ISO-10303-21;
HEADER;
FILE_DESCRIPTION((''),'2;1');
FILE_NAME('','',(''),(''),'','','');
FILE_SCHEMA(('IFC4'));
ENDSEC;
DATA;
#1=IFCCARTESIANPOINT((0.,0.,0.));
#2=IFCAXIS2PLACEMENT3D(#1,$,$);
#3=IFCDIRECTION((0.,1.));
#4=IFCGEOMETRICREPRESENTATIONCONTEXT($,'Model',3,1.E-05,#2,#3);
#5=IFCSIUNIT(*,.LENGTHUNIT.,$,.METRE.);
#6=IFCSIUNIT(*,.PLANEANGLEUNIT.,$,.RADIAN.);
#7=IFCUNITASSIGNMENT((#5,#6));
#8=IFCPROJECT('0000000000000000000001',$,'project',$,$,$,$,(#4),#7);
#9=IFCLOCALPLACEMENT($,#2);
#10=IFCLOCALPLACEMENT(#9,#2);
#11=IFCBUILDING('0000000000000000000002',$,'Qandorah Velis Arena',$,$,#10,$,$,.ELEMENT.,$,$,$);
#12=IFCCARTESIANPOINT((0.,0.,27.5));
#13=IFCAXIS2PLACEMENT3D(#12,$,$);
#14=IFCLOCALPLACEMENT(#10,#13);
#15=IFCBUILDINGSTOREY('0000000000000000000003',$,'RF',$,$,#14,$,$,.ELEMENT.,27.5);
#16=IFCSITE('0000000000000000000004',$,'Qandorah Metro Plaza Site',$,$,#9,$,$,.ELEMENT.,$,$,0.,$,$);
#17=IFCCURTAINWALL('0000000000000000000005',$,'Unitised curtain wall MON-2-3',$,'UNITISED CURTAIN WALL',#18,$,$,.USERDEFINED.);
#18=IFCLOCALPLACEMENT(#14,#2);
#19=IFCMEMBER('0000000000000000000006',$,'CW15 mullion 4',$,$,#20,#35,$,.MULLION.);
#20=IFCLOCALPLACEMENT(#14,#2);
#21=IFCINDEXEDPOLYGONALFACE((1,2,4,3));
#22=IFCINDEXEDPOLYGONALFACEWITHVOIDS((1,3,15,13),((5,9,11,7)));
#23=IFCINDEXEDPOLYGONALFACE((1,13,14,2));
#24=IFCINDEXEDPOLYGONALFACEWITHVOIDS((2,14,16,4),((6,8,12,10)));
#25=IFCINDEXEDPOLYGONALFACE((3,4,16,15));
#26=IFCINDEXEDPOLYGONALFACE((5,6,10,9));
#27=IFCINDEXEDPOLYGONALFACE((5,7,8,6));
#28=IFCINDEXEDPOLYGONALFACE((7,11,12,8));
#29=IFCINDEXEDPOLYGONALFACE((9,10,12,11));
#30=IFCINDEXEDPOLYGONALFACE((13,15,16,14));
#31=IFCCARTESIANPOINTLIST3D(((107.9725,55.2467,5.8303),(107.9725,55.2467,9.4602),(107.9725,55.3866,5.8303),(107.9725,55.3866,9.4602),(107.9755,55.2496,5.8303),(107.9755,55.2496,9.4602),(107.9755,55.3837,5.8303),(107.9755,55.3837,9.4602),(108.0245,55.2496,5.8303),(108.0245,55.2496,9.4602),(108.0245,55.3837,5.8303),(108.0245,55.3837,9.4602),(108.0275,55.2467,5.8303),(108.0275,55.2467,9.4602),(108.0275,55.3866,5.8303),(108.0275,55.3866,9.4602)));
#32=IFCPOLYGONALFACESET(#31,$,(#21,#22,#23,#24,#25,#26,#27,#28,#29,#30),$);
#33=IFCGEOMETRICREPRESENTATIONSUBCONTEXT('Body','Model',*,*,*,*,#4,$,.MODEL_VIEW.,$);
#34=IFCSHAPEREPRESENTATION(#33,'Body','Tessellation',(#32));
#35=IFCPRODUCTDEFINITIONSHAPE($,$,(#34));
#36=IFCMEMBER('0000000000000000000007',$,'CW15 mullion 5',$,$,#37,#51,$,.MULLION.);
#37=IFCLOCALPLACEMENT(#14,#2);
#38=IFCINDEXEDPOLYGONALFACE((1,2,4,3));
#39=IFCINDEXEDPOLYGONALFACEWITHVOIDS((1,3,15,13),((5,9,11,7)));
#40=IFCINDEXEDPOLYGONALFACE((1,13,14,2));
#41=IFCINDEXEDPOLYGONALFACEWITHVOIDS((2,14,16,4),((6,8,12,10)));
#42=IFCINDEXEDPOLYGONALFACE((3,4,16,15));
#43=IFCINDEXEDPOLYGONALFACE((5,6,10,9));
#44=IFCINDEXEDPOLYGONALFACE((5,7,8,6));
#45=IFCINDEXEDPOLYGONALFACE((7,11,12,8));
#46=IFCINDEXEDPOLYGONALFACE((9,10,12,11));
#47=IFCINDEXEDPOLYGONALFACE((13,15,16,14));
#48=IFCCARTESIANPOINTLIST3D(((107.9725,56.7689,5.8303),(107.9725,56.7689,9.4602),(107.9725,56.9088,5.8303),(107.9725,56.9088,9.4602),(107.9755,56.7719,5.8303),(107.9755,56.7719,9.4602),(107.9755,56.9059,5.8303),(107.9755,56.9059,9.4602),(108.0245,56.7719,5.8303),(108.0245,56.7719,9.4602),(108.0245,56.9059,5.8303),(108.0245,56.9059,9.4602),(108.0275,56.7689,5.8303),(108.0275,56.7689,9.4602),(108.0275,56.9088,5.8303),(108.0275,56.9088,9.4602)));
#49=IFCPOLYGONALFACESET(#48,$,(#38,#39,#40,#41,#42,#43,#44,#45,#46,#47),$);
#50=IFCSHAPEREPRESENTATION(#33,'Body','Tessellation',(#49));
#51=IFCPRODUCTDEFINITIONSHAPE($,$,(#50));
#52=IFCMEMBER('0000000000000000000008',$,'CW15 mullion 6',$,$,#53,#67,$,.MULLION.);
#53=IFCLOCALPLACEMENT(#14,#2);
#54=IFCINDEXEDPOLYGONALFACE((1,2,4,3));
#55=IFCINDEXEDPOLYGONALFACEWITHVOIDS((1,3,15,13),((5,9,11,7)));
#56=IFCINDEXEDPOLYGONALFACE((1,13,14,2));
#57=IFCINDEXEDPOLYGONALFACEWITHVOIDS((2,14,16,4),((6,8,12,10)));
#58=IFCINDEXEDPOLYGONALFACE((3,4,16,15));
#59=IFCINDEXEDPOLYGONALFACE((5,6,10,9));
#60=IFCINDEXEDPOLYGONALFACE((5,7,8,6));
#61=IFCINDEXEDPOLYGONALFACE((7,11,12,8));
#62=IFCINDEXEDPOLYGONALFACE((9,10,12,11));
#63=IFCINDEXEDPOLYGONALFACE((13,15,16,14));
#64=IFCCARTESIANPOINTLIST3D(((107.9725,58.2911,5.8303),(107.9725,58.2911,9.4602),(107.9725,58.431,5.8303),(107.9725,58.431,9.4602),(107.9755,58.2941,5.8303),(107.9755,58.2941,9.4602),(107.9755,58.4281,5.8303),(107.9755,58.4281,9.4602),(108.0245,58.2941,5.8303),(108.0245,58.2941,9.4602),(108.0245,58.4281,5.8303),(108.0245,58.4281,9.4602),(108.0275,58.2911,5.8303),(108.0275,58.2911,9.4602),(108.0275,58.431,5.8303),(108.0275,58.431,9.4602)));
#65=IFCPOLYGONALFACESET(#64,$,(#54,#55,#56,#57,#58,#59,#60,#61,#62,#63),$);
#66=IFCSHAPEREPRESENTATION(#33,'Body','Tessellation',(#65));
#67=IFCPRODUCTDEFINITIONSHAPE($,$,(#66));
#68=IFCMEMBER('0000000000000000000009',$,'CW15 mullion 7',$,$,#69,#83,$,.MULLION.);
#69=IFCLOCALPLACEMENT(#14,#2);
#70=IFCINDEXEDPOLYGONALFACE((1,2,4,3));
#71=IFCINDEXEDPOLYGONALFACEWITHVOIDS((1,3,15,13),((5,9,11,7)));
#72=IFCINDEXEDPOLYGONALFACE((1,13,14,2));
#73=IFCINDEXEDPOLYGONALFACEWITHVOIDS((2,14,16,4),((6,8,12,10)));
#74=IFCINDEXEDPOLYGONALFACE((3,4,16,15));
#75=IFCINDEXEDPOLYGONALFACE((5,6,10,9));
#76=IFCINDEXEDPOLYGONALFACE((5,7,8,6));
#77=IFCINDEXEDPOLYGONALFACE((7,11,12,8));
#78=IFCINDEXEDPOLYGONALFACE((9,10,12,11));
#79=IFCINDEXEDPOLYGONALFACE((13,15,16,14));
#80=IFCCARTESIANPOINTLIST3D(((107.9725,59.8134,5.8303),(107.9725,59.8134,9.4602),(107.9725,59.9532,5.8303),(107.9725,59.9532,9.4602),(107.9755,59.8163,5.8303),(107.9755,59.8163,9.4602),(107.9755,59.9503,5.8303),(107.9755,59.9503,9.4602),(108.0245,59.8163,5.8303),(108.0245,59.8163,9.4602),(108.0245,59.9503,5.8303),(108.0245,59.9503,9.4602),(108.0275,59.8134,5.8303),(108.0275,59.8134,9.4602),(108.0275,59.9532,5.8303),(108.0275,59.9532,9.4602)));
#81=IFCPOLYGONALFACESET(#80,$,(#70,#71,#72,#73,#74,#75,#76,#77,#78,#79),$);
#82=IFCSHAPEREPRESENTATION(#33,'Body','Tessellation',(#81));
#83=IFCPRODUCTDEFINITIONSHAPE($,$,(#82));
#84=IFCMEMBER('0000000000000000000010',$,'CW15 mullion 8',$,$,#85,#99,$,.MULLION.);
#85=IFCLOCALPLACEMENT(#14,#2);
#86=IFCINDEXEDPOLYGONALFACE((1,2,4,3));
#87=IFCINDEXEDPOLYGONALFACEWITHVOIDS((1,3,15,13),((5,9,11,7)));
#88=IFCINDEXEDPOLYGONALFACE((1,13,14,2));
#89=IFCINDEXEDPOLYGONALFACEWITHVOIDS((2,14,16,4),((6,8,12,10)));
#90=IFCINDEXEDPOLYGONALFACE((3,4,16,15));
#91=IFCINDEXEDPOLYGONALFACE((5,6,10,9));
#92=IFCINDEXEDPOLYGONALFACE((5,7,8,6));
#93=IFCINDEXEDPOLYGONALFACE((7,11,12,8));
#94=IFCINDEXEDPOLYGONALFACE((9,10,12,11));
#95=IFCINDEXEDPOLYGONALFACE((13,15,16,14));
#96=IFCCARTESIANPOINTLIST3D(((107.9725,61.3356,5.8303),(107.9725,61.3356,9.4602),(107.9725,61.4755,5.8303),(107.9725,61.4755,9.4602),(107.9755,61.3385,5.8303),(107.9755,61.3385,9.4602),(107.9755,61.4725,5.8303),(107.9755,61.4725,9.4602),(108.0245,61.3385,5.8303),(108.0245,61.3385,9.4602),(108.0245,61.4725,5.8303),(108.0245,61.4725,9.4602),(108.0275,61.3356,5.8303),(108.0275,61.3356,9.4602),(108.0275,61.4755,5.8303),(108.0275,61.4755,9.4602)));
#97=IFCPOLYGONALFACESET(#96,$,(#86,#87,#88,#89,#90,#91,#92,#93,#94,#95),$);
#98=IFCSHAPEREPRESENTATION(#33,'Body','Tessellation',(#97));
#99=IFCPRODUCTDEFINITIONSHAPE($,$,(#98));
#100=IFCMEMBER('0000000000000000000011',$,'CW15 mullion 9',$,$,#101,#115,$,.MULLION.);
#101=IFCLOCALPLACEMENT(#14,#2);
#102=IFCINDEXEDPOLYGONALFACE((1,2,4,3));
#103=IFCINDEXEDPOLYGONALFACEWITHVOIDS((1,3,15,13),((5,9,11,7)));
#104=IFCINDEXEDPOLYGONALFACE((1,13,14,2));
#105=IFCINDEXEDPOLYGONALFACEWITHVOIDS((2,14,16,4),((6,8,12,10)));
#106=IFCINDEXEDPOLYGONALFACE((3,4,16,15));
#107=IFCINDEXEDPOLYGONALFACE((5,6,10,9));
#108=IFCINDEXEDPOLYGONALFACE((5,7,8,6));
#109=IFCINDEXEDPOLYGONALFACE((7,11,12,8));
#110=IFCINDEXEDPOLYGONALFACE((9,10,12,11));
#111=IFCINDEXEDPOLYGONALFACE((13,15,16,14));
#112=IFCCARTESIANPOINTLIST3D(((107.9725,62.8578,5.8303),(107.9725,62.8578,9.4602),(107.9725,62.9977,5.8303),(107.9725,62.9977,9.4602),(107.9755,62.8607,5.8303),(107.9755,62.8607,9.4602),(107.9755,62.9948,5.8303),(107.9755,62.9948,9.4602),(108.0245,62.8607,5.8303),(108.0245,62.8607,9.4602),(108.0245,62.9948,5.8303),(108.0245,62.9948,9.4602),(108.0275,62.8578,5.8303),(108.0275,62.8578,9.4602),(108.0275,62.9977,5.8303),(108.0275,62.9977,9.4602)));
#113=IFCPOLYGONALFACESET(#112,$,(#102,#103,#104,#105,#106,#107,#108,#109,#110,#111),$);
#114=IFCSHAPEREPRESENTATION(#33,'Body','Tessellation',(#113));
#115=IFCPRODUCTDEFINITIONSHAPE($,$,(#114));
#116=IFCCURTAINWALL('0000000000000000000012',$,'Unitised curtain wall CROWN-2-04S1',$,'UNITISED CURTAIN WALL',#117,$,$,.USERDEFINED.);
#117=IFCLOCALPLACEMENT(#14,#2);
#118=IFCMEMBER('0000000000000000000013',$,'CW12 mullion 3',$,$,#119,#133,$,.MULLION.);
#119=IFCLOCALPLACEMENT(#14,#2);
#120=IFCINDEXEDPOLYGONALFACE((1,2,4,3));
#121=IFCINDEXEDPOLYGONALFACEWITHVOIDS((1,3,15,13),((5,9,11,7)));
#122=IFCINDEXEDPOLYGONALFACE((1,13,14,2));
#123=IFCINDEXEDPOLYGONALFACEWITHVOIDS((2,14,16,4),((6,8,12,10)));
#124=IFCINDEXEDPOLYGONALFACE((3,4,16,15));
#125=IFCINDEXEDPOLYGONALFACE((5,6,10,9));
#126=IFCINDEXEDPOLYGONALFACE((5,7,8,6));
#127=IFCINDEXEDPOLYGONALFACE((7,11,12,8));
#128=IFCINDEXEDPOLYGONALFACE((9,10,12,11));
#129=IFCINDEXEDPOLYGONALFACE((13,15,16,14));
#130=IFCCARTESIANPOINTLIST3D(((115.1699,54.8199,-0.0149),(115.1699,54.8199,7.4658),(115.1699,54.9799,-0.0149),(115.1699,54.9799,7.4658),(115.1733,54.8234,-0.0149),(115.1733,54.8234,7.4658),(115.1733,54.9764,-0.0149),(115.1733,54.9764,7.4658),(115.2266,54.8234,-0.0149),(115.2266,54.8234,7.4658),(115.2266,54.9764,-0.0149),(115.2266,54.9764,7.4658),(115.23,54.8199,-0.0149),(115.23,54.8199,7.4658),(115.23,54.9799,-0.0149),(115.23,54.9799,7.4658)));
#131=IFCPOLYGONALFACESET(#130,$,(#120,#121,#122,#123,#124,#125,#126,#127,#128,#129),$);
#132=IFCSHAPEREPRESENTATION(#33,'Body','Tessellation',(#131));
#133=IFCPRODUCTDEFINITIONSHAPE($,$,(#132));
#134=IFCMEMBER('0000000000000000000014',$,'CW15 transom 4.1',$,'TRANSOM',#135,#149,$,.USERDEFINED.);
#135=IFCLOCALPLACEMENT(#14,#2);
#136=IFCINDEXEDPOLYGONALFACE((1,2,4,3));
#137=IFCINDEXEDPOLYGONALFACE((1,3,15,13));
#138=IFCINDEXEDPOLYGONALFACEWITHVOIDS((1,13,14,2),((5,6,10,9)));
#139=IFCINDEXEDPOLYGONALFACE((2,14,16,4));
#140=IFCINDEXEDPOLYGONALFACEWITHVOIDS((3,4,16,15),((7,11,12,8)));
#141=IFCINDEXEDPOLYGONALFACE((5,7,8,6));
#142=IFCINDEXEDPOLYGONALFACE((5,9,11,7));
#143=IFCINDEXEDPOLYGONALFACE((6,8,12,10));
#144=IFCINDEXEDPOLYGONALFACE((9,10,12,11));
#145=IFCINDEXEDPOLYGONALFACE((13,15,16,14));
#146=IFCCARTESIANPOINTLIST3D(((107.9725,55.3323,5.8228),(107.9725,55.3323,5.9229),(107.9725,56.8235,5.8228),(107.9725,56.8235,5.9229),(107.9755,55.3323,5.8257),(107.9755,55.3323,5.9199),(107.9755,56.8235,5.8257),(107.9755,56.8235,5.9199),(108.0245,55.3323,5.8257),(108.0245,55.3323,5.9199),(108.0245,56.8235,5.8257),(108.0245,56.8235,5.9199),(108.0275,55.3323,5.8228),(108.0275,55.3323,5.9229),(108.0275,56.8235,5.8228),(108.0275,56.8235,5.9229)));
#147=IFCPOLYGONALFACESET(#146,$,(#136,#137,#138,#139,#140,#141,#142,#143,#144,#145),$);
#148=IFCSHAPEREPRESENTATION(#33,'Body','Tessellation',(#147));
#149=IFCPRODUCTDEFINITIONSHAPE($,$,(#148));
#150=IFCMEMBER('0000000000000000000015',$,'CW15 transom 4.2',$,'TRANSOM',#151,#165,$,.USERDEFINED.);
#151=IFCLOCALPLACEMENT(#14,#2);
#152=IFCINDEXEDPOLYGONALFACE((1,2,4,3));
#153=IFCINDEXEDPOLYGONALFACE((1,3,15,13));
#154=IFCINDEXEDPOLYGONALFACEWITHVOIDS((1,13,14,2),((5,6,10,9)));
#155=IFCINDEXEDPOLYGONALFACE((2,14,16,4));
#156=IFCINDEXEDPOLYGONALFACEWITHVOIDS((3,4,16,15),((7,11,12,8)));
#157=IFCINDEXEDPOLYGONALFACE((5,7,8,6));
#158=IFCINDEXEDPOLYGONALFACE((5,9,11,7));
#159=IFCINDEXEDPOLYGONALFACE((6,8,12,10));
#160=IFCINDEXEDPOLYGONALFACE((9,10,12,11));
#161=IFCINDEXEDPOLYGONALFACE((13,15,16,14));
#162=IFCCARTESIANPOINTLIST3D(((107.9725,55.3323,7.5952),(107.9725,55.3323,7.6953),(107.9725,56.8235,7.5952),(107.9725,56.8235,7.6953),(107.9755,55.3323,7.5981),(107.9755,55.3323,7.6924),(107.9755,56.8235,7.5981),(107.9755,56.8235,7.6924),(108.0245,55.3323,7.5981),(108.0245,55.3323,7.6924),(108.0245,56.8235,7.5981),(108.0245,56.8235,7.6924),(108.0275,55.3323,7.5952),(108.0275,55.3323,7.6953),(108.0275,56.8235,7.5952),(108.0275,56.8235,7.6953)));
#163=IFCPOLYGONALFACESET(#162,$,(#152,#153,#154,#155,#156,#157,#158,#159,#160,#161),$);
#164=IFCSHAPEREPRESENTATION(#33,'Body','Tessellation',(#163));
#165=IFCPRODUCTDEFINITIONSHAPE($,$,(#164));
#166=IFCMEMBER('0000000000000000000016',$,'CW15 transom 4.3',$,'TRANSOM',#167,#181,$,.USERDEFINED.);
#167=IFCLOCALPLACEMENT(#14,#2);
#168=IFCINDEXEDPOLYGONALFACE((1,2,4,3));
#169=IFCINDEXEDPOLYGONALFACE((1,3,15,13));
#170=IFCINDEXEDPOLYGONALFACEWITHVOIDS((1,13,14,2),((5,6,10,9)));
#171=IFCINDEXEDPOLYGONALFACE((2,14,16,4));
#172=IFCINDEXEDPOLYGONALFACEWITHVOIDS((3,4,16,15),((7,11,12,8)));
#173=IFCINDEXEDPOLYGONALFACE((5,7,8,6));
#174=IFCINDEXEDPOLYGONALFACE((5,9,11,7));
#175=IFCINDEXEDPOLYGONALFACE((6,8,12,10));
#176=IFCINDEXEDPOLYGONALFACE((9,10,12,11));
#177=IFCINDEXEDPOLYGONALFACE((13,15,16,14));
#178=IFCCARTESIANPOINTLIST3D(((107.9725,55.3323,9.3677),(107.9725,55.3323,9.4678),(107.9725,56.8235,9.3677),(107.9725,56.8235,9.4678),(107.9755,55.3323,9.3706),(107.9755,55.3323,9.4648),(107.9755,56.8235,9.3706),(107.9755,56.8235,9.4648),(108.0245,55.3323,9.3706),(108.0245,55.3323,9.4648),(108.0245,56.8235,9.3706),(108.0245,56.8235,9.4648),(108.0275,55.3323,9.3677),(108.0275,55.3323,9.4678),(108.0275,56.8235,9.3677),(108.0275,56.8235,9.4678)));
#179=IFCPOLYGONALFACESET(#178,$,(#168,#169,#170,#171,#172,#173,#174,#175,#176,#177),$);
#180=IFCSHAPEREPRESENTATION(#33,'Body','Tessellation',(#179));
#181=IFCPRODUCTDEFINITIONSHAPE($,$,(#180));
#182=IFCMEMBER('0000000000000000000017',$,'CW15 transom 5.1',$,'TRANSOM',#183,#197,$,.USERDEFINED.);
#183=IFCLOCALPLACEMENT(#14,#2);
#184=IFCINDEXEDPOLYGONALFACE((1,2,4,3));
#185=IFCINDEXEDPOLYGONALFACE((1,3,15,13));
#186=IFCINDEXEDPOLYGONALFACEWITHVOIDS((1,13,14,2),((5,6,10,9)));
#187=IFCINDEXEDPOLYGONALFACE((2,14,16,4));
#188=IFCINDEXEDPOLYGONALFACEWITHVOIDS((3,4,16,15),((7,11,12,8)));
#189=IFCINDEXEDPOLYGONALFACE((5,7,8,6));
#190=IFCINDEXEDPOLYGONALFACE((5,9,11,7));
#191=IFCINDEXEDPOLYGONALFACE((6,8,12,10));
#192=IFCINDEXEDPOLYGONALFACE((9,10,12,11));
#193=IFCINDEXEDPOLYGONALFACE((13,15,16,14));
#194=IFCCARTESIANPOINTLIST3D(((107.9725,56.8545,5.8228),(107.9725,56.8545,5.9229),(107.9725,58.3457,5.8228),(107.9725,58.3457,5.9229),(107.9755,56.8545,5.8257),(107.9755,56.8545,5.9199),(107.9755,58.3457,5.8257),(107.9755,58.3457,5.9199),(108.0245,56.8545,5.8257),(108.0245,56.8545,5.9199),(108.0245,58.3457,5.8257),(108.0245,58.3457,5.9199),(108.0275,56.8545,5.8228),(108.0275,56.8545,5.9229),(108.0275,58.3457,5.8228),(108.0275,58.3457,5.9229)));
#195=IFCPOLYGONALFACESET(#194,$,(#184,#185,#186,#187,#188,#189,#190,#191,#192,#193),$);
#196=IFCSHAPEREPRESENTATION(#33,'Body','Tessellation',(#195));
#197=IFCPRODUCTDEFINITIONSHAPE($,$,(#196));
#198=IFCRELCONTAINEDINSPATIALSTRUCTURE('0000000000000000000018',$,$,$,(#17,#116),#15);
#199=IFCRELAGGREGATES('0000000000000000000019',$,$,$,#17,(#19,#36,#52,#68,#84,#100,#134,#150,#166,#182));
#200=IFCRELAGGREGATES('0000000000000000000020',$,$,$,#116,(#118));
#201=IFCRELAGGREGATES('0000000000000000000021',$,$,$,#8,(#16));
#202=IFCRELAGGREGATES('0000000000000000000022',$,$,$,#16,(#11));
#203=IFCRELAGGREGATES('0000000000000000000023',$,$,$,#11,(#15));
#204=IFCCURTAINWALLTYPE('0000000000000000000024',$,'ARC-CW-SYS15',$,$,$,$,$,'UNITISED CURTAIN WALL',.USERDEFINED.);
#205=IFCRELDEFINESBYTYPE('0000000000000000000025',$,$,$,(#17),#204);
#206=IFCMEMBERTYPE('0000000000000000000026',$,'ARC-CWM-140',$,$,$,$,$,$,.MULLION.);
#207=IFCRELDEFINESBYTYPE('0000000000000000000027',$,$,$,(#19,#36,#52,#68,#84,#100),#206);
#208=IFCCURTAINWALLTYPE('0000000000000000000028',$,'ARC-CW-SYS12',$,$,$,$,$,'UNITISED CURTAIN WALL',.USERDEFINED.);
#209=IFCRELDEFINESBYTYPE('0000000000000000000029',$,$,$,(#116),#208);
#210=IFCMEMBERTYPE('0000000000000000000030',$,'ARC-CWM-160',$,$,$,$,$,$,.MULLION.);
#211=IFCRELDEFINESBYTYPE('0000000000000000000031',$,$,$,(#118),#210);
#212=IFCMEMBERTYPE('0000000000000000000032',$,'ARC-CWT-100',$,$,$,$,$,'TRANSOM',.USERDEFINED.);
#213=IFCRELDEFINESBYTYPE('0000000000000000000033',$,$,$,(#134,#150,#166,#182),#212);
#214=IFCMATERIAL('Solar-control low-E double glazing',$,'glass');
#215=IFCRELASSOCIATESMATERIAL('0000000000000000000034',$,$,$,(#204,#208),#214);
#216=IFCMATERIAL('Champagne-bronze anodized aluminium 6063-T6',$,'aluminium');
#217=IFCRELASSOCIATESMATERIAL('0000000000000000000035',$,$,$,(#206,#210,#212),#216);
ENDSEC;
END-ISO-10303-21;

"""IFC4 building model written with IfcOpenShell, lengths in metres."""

from ifc_helpers import new_model, si_unit, direction, frame, origin, origin_2d, place, context, subcontext, project, spatial, hollow_rectangle, extrude, material, material_profile, profile_set, type_object, element, aggregate, save


model = new_model("IFC4")

# Units and contexts
model_context = context("Model", 3, precision=1e-05, world=origin(), true_north=direction((0.0, 1.0)))
body_context = subcontext(model_context, "Body", "Model", "MODEL_VIEW")
ifc_project = project(units=[si_unit("LENGTHUNIT", "METRE"), si_unit("PLANEANGLEUNIT", "RADIAN")], contexts=[model_context])

# Site, building, storey
site_placement = place(None, origin())
site = spatial("IfcSite", under=ifc_project, at=site_placement, Name="Qandorah Metro Plaza Site", CompositionType="ELEMENT", RefElevation=0.0)
building_placement = place(site_placement, origin())
building = spatial("IfcBuilding", under=site, at=building_placement, Name="Qandorah Velis Arena", CompositionType="ELEMENT")
storey_placement = place(building_placement, frame((0.0, 0.0, 27.5)))
storey = spatial("IfcBuildingStorey", under=building, at=storey_placement, Name="RF", CompositionType="ELEMENT", Elevation=27.5)

# Curtain wall, members
ifc_material_1 = material(Name="Solar-control low-E double glazing", Category="glass")
curtain_wall_type_1 = type_object("IfcCurtainWallType", Name="ARC-CW-SYS15", ElementType="UNITISED CURTAIN WALL", PredefinedType="USERDEFINED", material=ifc_material_1)
curtain_wall_1_placement = place(storey_placement, origin())
curtain_wall_1 = element("IfcCurtainWall", 1, at=curtain_wall_1_placement, inside=storey, type_object=curtain_wall_type_1, Name="Unitised curtain wall MON-2-3", ObjectType="UNITISED CURTAIN WALL", PredefinedType="USERDEFINED")
ifc_material_2 = material(Name="Champagne-bronze anodized aluminium 6063-T6", Category="aluminium")
ifc_material_profile_1 = material_profile(ifc_material_2, hollow_rectangle(XDim=0.0549, YDim=0.1399, WallThickness=0.0029, at=origin_2d()), Name="ALU MULLION 55x140")
ifc_profile_set_1 = profile_set([ifc_material_profile_1], Name="Champagne-bronze anodized aluminium 6063-T6")
member_type_1 = type_object("IfcMemberType", Name="ARC-CWM-140", PredefinedType="MULLION", material=ifc_profile_set_1)
member_1_placement = place(storey_placement, frame((108.0, 55.3167, 5.8303), z_axis=(0.0, 0.0, 1.0), x_axis=(-1.0, 0.0, 0.0)))
member_1 = element("IfcMember", 2, at=member_1_placement, type_object=member_type_1, Name="CW15 mullion 4", PredefinedType="MULLION", context=body_context, shape_type="SweptSolid", body=[
    extrude(hollow_rectangle(XDim=0.0549, YDim=0.1399, WallThickness=0.0029, at=origin_2d()), origin(), (0.0, 0.0, 1.0), 3.6299),
])
member_2_placement = place(storey_placement, frame((108.0, 56.8389, 5.8303), z_axis=(0.0, 0.0, 1.0), x_axis=(-1.0, 0.0, 0.0)))
member_2 = element("IfcMember", 3, at=member_2_placement, type_object=member_type_1, Name="CW15 mullion 5", PredefinedType="MULLION", context=body_context, shape_type="SweptSolid", body=[
    extrude(hollow_rectangle(XDim=0.0549, YDim=0.1399, WallThickness=0.0029, at=origin_2d()), origin(), (0.0, 0.0, 1.0), 3.6299),
])
member_3_placement = place(storey_placement, frame((108.0, 58.3611, 5.8303), z_axis=(0.0, 0.0, 1.0), x_axis=(-1.0, 0.0, 0.0)))
member_3 = element("IfcMember", 4, at=member_3_placement, type_object=member_type_1, Name="CW15 mullion 6", PredefinedType="MULLION", context=body_context, shape_type="SweptSolid", body=[
    extrude(hollow_rectangle(XDim=0.0549, YDim=0.1399, WallThickness=0.0029, at=origin_2d()), origin(), (0.0, 0.0, 1.0), 3.6299),
])
member_4_placement = place(storey_placement, frame((108.0, 59.8833, 5.8303), z_axis=(0.0, 0.0, 1.0), x_axis=(-1.0, 0.0, 0.0)))
member_4 = element("IfcMember", 5, at=member_4_placement, type_object=member_type_1, Name="CW15 mullion 7", PredefinedType="MULLION", context=body_context, shape_type="SweptSolid", body=[
    extrude(hollow_rectangle(XDim=0.0549, YDim=0.1399, WallThickness=0.0029, at=origin_2d()), origin(), (0.0, 0.0, 1.0), 3.6299),
])
member_5_placement = place(storey_placement, frame((108.0, 61.4055, 5.8303), z_axis=(0.0, 0.0, 1.0), x_axis=(-1.0, 0.0, 0.0)))
member_5 = element("IfcMember", 6, at=member_5_placement, type_object=member_type_1, Name="CW15 mullion 8", PredefinedType="MULLION", context=body_context, shape_type="SweptSolid", body=[
    extrude(hollow_rectangle(XDim=0.0549, YDim=0.1399, WallThickness=0.0029, at=origin_2d()), origin(), (0.0, 0.0, 1.0), 3.6299),
])
member_6_placement = place(storey_placement, frame((108.0, 62.9277, 5.8303), z_axis=(0.0, 0.0, 1.0), x_axis=(-1.0, 0.0, 0.0)))
member_6 = element("IfcMember", 7, at=member_6_placement, type_object=member_type_1, Name="CW15 mullion 9", PredefinedType="MULLION", context=body_context, shape_type="SweptSolid", body=[
    extrude(hollow_rectangle(XDim=0.0549, YDim=0.1399, WallThickness=0.0029, at=origin_2d()), origin(), (0.0, 0.0, 1.0), 3.6299),
])

# Curtain wall, member
curtain_wall_type_2 = type_object("IfcCurtainWallType", Name="ARC-CW-SYS12", ElementType="UNITISED CURTAIN WALL", PredefinedType="USERDEFINED", material=ifc_material_1)
curtain_wall_2_placement = place(storey_placement, origin())
curtain_wall_2 = element("IfcCurtainWall", 8, at=curtain_wall_2_placement, inside=storey, type_object=curtain_wall_type_2, Name="Unitised curtain wall CROWN-2-04S1", ObjectType="UNITISED CURTAIN WALL", PredefinedType="USERDEFINED")
ifc_material_profile_2 = material_profile(ifc_material_2, hollow_rectangle(XDim=0.0601, YDim=0.1599, WallThickness=0.0034, at=origin_2d()), Name="ALU MULLION 60x160")
ifc_profile_set_2 = profile_set([ifc_material_profile_2], Name="Champagne-bronze anodized aluminium 6063-T6")
member_type_2 = type_object("IfcMemberType", Name="ARC-CWM-160", PredefinedType="MULLION", material=ifc_profile_set_2)
member_7_placement = place(storey_placement, frame((115.2, 54.8999, -0.0149), z_axis=(0.0, 0.0, 1.0), x_axis=(-1.0, 0.0, 0.0)))
member_7 = element("IfcMember", 9, at=member_7_placement, type_object=member_type_2, Name="CW12 mullion 3", PredefinedType="MULLION", context=body_context, shape_type="SweptSolid", body=[
    extrude(hollow_rectangle(XDim=0.0601, YDim=0.1599, WallThickness=0.0034, at=origin_2d()), origin(), (0.0, 0.0, 1.0), 7.4807),
])

# Members
ifc_material_profile_3 = material_profile(ifc_material_2, hollow_rectangle(XDim=0.0549, YDim=0.1001, WallThickness=0.0029, at=origin_2d()), Name="ALU TRANSOM 55x100")
ifc_profile_set_3 = profile_set([ifc_material_profile_3], Name="Champagne-bronze anodized aluminium 6063-T6")
member_type_3 = type_object("IfcMemberType", Name="ARC-CWT-100", ElementType="TRANSOM", PredefinedType="USERDEFINED", material=ifc_profile_set_3)
member_8_placement = place(storey_placement, frame((108.0, 55.3323, 5.8728), z_axis=(0.0, 1.0, 0.0), x_axis=(-1.0, 0.0, 0.0)))
member_8 = element("IfcMember", 10, at=member_8_placement, type_object=member_type_3, Name="CW15 transom 4.1", ObjectType="TRANSOM", PredefinedType="USERDEFINED", context=body_context, shape_type="SweptSolid", body=[
    extrude(hollow_rectangle(XDim=0.0549, YDim=0.1001, WallThickness=0.0029, at=origin_2d()), origin(), (0.0, 0.0, 1.0), 1.4912),
])
member_9_placement = place(storey_placement, frame((108.0, 55.3323, 7.6453), z_axis=(0.0, 1.0, 0.0), x_axis=(-1.0, 0.0, 0.0)))
member_9 = element("IfcMember", 11, at=member_9_placement, type_object=member_type_3, Name="CW15 transom 4.2", ObjectType="TRANSOM", PredefinedType="USERDEFINED", context=body_context, shape_type="SweptSolid", body=[
    extrude(hollow_rectangle(XDim=0.0549, YDim=0.1001, WallThickness=0.0029, at=origin_2d()), origin(), (0.0, 0.0, 1.0), 1.4912),
])
member_10_placement = place(storey_placement, frame((108.0, 55.3323, 9.4177), z_axis=(0.0, 1.0, 0.0), x_axis=(-1.0, 0.0, 0.0)))
member_10 = element("IfcMember", 12, at=member_10_placement, type_object=member_type_3, Name="CW15 transom 4.3", ObjectType="TRANSOM", PredefinedType="USERDEFINED", context=body_context, shape_type="SweptSolid", body=[
    extrude(hollow_rectangle(XDim=0.0549, YDim=0.1001, WallThickness=0.0029, at=origin_2d()), origin(), (0.0, 0.0, 1.0), 1.4912),
])
member_11_placement = place(storey_placement, frame((108.0, 56.8545, 5.8728), z_axis=(0.0, 1.0, 0.0), x_axis=(-1.0, 0.0, 0.0)))
member_11 = element("IfcMember", 13, at=member_11_placement, type_object=member_type_3, Name="CW15 transom 5.1", ObjectType="TRANSOM", PredefinedType="USERDEFINED", context=body_context, shape_type="SweptSolid", body=[
    extrude(hollow_rectangle(XDim=0.0549, YDim=0.1001, WallThickness=0.0029, at=origin_2d()), origin(), (0.0, 0.0, 1.0), 1.4912),
])

aggregate(curtain_wall_1, [member_1, member_2, member_3, member_4, member_5, member_6, member_8, member_9, member_10, member_11])
aggregate(curtain_wall_2, [member_7])

save(model, "model.ifc")
